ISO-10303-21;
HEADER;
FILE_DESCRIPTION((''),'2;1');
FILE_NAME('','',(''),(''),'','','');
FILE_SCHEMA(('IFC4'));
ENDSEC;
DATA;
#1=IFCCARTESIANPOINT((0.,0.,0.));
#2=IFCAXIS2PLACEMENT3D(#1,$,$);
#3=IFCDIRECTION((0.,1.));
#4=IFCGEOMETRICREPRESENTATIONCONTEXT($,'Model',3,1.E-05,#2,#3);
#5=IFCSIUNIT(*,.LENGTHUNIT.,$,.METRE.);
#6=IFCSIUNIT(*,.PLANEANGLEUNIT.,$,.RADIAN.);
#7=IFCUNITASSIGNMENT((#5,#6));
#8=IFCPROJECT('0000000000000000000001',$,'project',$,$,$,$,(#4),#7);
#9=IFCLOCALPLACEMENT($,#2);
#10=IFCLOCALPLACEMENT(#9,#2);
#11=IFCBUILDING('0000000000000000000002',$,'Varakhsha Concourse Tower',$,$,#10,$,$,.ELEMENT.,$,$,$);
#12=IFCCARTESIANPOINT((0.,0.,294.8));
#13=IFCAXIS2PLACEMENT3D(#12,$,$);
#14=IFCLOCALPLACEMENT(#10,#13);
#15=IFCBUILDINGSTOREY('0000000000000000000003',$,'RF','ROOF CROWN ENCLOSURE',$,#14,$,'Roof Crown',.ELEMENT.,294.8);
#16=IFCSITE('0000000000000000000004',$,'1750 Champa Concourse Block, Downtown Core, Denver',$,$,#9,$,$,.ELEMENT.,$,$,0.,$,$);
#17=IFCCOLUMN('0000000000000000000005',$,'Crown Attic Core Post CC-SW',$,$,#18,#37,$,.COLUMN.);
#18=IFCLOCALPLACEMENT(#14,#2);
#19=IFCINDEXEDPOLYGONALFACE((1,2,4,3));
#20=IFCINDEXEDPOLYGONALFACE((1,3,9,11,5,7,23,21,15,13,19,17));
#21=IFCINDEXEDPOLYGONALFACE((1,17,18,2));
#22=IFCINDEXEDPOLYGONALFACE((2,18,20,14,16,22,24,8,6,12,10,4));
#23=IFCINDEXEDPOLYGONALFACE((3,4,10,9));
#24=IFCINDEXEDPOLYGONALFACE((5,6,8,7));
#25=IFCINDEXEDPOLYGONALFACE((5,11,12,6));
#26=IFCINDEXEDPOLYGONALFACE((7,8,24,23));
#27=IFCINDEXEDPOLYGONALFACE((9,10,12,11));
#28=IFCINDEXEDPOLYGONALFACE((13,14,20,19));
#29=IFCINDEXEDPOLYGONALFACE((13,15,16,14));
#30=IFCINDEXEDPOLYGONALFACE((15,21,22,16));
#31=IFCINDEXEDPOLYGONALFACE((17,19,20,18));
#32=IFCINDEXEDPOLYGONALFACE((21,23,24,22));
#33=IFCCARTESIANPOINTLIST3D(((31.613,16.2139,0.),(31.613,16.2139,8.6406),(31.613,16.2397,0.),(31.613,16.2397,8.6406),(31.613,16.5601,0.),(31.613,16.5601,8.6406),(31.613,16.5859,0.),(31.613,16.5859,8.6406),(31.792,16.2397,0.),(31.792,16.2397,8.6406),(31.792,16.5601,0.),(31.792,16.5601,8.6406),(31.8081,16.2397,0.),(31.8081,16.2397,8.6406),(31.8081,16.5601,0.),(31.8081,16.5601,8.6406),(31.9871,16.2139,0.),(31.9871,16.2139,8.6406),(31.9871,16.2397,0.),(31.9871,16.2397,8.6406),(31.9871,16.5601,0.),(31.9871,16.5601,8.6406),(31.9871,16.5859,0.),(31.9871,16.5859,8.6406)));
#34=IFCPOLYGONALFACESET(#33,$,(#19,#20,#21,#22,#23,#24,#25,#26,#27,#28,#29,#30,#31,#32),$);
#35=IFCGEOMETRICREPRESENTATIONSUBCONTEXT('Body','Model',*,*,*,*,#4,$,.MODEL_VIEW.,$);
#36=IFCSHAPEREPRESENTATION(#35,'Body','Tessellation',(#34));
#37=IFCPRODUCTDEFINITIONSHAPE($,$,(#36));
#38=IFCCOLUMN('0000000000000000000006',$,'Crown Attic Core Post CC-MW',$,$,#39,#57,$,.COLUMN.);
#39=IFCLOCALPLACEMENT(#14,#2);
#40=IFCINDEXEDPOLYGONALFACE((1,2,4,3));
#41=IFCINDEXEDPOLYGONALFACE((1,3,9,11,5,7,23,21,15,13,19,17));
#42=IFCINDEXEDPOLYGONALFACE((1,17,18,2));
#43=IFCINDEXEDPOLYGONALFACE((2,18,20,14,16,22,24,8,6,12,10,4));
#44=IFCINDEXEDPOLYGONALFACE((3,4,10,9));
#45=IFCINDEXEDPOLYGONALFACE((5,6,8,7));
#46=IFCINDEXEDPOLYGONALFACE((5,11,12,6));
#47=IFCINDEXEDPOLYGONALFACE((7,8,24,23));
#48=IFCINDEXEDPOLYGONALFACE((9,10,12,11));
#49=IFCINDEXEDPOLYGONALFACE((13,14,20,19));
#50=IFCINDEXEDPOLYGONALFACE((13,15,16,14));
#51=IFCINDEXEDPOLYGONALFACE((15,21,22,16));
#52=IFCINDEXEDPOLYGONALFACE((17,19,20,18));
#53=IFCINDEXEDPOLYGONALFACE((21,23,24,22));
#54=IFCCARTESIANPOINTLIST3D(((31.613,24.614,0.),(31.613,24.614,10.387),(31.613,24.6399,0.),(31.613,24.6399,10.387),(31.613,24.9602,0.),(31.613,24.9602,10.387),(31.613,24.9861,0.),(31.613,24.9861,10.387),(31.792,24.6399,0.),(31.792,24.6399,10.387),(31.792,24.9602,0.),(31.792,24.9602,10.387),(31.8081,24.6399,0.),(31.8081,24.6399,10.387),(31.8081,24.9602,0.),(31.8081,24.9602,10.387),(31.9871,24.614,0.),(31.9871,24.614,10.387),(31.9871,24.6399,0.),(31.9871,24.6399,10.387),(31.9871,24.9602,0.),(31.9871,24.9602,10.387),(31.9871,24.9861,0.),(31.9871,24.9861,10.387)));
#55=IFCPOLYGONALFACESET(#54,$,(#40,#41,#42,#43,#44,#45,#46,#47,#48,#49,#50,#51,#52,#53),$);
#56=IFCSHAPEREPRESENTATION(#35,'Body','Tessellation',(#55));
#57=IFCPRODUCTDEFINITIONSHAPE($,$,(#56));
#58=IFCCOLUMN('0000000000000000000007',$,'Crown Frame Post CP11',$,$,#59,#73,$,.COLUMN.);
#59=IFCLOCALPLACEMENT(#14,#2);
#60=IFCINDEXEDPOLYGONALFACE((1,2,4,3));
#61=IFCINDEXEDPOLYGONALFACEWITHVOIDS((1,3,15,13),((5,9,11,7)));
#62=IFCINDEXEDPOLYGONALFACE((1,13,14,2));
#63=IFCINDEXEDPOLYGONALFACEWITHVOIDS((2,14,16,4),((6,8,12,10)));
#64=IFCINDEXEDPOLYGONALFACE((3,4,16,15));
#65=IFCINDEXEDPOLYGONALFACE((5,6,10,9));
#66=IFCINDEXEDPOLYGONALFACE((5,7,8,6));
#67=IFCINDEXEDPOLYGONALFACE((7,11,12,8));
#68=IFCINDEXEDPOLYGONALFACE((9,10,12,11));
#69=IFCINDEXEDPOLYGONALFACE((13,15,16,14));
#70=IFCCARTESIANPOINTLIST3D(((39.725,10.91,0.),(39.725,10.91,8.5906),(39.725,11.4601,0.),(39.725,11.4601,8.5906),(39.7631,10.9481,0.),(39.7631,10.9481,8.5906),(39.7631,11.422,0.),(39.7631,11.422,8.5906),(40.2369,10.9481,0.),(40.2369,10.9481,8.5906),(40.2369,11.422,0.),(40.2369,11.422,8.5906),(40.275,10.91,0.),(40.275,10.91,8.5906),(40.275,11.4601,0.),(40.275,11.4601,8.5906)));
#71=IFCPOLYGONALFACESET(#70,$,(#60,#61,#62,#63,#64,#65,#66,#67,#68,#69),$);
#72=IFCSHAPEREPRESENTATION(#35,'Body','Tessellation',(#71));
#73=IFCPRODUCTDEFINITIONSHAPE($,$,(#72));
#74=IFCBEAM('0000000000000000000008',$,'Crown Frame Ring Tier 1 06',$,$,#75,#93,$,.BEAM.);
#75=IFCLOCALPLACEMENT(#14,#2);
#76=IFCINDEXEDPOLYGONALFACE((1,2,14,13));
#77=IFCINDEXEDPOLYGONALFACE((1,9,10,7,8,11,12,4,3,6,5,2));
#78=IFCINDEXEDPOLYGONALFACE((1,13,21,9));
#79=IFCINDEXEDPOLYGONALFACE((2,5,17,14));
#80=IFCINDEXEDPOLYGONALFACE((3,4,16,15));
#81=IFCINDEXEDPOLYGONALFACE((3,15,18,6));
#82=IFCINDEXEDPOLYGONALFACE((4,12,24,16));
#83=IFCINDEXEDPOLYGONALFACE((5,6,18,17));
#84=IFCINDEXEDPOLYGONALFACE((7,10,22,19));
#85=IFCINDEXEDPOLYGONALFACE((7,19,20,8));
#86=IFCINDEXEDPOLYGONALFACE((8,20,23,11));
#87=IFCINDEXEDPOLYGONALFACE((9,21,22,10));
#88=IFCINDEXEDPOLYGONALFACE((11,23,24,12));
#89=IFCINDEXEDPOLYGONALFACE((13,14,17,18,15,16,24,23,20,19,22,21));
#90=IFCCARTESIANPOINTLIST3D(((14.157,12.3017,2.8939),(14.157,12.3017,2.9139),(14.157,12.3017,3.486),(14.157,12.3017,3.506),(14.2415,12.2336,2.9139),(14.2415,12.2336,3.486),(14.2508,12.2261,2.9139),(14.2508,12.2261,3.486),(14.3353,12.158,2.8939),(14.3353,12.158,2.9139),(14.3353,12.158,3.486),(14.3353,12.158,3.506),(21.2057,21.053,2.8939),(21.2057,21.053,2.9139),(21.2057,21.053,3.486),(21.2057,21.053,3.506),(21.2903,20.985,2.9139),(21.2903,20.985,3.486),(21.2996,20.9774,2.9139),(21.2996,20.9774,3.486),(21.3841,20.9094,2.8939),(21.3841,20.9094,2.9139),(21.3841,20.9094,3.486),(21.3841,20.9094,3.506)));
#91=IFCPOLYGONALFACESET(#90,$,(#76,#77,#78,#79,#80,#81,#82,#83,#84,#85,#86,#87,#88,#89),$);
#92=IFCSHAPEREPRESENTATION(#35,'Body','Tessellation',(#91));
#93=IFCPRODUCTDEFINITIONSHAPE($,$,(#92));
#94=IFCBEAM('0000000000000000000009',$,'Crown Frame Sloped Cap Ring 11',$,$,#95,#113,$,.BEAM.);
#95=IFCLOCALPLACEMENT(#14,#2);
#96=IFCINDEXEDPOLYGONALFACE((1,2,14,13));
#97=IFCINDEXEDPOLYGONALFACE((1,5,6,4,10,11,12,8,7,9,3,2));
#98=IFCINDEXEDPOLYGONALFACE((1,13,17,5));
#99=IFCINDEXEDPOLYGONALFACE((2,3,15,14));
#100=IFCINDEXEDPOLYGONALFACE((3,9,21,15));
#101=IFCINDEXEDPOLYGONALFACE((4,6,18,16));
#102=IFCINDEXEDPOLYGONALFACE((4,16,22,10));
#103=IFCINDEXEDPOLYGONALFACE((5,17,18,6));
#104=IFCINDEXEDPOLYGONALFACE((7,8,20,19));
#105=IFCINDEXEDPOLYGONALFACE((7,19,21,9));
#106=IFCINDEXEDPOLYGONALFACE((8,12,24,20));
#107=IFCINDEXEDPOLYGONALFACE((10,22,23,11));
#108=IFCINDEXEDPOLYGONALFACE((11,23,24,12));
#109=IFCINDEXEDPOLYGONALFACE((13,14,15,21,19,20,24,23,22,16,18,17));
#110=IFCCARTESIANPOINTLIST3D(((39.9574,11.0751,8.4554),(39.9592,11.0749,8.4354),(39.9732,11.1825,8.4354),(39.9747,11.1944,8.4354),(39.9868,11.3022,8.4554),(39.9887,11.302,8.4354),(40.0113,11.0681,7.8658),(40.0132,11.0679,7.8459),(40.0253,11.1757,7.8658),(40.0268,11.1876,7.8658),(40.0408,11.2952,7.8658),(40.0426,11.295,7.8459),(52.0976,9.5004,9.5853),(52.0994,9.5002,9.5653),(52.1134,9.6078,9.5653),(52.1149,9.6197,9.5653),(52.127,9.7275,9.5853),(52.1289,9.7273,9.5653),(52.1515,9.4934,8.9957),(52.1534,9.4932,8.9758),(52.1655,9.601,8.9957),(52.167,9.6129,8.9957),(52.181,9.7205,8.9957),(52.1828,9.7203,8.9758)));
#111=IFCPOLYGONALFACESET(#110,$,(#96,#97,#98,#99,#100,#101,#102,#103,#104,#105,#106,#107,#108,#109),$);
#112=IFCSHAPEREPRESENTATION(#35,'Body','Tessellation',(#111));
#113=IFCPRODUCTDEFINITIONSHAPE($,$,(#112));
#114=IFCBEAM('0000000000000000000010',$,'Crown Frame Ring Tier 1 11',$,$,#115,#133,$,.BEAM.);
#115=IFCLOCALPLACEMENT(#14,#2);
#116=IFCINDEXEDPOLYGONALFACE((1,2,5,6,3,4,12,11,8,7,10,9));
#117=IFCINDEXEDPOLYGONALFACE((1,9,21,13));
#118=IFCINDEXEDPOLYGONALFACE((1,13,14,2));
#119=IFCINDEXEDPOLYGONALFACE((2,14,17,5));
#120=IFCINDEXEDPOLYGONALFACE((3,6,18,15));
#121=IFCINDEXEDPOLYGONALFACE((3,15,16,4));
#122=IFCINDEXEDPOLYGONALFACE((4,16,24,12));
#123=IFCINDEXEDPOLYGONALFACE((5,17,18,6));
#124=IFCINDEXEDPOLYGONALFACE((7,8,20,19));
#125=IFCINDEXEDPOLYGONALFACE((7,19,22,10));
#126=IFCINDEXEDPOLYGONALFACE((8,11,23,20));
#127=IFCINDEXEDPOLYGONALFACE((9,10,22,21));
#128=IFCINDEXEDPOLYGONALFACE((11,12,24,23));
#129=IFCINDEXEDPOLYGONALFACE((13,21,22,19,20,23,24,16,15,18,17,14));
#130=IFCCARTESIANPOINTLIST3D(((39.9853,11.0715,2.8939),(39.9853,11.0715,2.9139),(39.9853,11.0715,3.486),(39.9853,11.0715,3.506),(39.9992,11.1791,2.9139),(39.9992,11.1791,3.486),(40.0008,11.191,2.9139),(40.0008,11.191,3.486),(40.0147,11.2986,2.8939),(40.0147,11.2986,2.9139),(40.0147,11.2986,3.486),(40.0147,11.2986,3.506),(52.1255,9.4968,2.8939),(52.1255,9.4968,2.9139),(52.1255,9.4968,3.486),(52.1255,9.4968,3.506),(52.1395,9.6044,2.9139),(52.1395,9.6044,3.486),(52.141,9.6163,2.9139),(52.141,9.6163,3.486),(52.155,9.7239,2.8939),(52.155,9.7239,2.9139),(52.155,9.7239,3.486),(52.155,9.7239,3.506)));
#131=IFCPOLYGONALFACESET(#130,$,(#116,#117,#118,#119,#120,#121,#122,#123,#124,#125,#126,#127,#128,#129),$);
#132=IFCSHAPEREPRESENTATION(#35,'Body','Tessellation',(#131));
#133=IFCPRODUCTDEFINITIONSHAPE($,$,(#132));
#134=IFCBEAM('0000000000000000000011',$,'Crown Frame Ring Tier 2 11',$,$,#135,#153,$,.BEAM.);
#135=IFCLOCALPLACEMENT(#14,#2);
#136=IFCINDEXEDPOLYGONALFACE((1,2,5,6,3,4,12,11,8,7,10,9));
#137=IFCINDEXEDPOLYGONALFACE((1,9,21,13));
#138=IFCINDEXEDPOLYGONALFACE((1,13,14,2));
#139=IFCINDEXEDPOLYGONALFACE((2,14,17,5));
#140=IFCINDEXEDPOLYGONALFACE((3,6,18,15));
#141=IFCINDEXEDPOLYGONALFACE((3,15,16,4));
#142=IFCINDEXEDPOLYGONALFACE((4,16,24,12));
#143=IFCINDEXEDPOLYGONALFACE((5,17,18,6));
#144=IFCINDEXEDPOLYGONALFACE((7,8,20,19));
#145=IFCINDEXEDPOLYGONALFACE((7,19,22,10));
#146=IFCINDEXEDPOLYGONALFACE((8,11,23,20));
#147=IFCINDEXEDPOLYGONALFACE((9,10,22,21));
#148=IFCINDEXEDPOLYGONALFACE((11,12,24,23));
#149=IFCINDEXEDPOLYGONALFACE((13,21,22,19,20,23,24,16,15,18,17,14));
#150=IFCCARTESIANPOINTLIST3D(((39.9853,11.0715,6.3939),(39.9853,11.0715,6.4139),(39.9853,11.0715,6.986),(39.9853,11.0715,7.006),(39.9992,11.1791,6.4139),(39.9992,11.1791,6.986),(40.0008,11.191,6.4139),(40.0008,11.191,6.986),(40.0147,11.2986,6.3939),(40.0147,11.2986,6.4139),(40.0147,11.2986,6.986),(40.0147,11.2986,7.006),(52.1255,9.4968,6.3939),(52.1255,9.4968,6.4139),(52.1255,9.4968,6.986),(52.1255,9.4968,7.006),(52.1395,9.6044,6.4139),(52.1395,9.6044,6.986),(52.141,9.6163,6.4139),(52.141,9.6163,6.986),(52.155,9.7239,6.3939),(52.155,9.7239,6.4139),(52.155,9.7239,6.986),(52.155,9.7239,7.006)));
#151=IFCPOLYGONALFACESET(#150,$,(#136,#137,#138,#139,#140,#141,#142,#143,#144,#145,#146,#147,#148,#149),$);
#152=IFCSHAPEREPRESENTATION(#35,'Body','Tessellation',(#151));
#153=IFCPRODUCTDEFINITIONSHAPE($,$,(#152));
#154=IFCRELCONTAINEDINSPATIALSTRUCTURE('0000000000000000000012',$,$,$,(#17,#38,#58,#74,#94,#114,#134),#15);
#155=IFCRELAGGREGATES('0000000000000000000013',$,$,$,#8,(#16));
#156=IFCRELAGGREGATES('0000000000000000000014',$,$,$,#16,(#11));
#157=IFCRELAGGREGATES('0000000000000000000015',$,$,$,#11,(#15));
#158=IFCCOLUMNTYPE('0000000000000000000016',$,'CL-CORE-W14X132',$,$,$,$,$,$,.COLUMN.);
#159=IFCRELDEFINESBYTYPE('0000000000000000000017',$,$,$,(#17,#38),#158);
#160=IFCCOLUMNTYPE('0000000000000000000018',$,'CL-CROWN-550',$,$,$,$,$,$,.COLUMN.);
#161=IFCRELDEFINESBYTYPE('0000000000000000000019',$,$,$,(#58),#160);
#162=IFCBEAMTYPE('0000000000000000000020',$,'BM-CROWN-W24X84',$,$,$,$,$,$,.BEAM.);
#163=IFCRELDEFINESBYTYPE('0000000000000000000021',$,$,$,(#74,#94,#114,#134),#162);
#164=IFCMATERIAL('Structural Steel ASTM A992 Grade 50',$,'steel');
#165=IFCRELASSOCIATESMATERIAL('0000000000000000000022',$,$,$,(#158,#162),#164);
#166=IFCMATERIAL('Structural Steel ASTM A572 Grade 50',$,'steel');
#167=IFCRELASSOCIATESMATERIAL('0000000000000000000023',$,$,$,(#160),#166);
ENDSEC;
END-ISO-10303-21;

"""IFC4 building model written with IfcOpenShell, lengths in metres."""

from ifc_helpers import new_model, si_unit, direction, frame, origin, origin_2d, place, context, subcontext, project, spatial, hollow_rectangle, i_section, extrude, material, material_profile, profile_set, type_object, element, save


model = new_model("IFC4")

# Units and contexts
model_context = context("Model", 3, precision=1e-05, world=origin(), true_north=direction((0.0, 1.0)))
body_context = subcontext(model_context, "Body", "Model", "MODEL_VIEW")
ifc_project = project(units=[si_unit("LENGTHUNIT", "METRE"), si_unit("PLANEANGLEUNIT", "RADIAN")], contexts=[model_context])

# Site, building, storey
site_placement = place(None, origin())
site = spatial("IfcSite", under=ifc_project, at=site_placement, Name="1750 Champa Concourse Block, Downtown Core, Denver", CompositionType="ELEMENT", RefElevation=0.0)
building_placement = place(site_placement, origin())
building = spatial("IfcBuilding", under=site, at=building_placement, Name="Varakhsha Concourse Tower", CompositionType="ELEMENT")
storey_placement = place(building_placement, frame((0.0, 0.0, 294.8)))
storey = spatial("IfcBuildingStorey", under=building, at=storey_placement, Name="RF", Description="ROOF CROWN ENCLOSURE", LongName="Roof Crown", CompositionType="ELEMENT", Elevation=294.8)

# Columns
ifc_material_1 = material(Name="Structural Steel ASTM A992 Grade 50", Category="steel")
ifc_material_profile_1 = material_profile(ifc_material_1, i_section(OverallWidth=0.374, OverallDepth=0.3721, WebThickness=0.0161, FlangeThickness=0.0259, at=origin_2d()), Name="W14X132")
ifc_profile_set_1 = profile_set([ifc_material_profile_1], Name="Structural Steel ASTM A992 Grade 50")
column_type_1 = type_object("IfcColumnType", Name="CL-CORE-W14X132", PredefinedType="COLUMN", material=ifc_profile_set_1)
column_1_placement = place(storey_placement, frame((31.8, 16.3999, 0.0), z_axis=(0.0, 0.0, 1.0), x_axis=(1.0, 0.0, 0.0)))
element("IfcColumn", 1, at=column_1_placement, inside=storey, type_object=column_type_1, Name="Crown Attic Core Post CC-SW", PredefinedType="COLUMN", context=body_context, shape_type="SweptSolid", body=[
    extrude(i_section(OverallWidth=0.374, OverallDepth=0.3721, WebThickness=0.0161, FlangeThickness=0.0259, at=origin_2d()), origin(), (0.0, 0.0, 1.0), 8.6406),
])
column_2_placement = place(storey_placement, frame((31.8, 24.8, 0.0), z_axis=(0.0, 0.0, 1.0), x_axis=(1.0, 0.0, 0.0)))
element("IfcColumn", 2, at=column_2_placement, inside=storey, type_object=column_type_1, Name="Crown Attic Core Post CC-MW", PredefinedType="COLUMN", context=body_context, shape_type="SweptSolid", body=[
    extrude(i_section(OverallWidth=0.374, OverallDepth=0.3721, WebThickness=0.0161, FlangeThickness=0.0259, at=origin_2d()), origin(), (0.0, 0.0, 1.0), 10.387),
])
ifc_material_2 = material(Name="Structural Steel ASTM A572 Grade 50", Category="steel")
ifc_material_profile_2 = material_profile(ifc_material_2, hollow_rectangle(XDim=0.55, YDim=0.55, WallThickness=0.0381, at=origin_2d()), Name="BOX 550x550x38")
ifc_profile_set_2 = profile_set([ifc_material_profile_2], Name="Structural Steel ASTM A572 Grade 50")
column_type_2 = type_object("IfcColumnType", Name="CL-CROWN-550", PredefinedType="COLUMN", material=ifc_profile_set_2)
column_3_placement = place(storey_placement, frame((40.0, 11.1851, 0.0), z_axis=(0.0, 0.0, 1.0), x_axis=(1.0, 0.0, 0.0)))
element("IfcColumn", 3, at=column_3_placement, inside=storey, type_object=column_type_2, Name="Crown Frame Post CP11", PredefinedType="COLUMN", context=body_context, shape_type="SweptSolid", body=[
    extrude(hollow_rectangle(XDim=0.55, YDim=0.55, WallThickness=0.0381, at=origin_2d()), origin(), (0.0, 0.0, 1.0), 8.5906),
])

# Beams
ifc_material_profile_3 = material_profile(ifc_material_1, i_section(OverallWidth=0.229, OverallDepth=0.6121, WebThickness=0.012, FlangeThickness=0.02, at=origin_2d()), Name="W24X84")
ifc_profile_set_3 = profile_set([ifc_material_profile_3], Name="Structural Steel ASTM A992 Grade 50")
beam_type = type_object("IfcBeamType", Name="BM-CROWN-W24X84", PredefinedType="BEAM", material=ifc_profile_set_3)
beam_1_placement = place(storey_placement, frame((21.2949, 20.9812, 3.2), z_axis=(-0.627278, -0.778796, 0.0), x_axis=(0.778796, -0.627278, 0.0)))
element("IfcBeam", 4, at=beam_1_placement, inside=storey, type_object=beam_type, Name="Crown Frame Ring Tier 1 06", PredefinedType="BEAM", context=body_context, shape_type="SweptSolid", body=[
    extrude(i_section(OverallWidth=0.229, OverallDepth=0.6121, WebThickness=0.012, FlangeThickness=0.02, at=origin_2d()), origin(), (0.0, 0.0, 1.0), 11.2371),
])
beam_2_placement = place(storey_placement, frame((40.0, 11.1851, 8.1506), z_axis=(0.987495, -0.128089, 0.091906), x_axis=(0.128633, 0.991692, 0.0)))
element("IfcBeam", 5, at=beam_2_placement, inside=storey, type_object=beam_type, Name="Crown Frame Sloped Cap Ring 11", PredefinedType="BEAM", context=body_context, shape_type="SweptSolid", body=[
    extrude(i_section(OverallWidth=0.229, OverallDepth=0.6121, WebThickness=0.012, FlangeThickness=0.02, at=origin_2d()), origin(), (0.0, 0.0, 1.0), 12.2939),
])
for number, where, z_axis, x_axis, name in (
    (6, (40.0, 11.1851, 3.2), (0.991692, -0.128633, 0.0), (0.128633, 0.991692, 0.0), "Crown Frame Ring Tier 1 11"),
    (7, (40.0, 11.1851, 6.7), (0.991692, -0.128633, 0.0), (0.128633, 0.991692, 0.0), "Crown Frame Ring Tier 2 11"),
):
    element("IfcBeam", number, at=place(storey_placement, frame(where, z_axis=z_axis, x_axis=x_axis)), inside=storey, type_object=beam_type, Name=name, PredefinedType="BEAM", context=body_context, shape_type="SweptSolid", body=[
        extrude(i_section(OverallWidth=0.229, OverallDepth=0.6121, WebThickness=0.012, FlangeThickness=0.02, at=origin_2d()), origin(), (0.0, 0.0, 1.0), 12.2419),
    ])

save(model, "model.ifc")
